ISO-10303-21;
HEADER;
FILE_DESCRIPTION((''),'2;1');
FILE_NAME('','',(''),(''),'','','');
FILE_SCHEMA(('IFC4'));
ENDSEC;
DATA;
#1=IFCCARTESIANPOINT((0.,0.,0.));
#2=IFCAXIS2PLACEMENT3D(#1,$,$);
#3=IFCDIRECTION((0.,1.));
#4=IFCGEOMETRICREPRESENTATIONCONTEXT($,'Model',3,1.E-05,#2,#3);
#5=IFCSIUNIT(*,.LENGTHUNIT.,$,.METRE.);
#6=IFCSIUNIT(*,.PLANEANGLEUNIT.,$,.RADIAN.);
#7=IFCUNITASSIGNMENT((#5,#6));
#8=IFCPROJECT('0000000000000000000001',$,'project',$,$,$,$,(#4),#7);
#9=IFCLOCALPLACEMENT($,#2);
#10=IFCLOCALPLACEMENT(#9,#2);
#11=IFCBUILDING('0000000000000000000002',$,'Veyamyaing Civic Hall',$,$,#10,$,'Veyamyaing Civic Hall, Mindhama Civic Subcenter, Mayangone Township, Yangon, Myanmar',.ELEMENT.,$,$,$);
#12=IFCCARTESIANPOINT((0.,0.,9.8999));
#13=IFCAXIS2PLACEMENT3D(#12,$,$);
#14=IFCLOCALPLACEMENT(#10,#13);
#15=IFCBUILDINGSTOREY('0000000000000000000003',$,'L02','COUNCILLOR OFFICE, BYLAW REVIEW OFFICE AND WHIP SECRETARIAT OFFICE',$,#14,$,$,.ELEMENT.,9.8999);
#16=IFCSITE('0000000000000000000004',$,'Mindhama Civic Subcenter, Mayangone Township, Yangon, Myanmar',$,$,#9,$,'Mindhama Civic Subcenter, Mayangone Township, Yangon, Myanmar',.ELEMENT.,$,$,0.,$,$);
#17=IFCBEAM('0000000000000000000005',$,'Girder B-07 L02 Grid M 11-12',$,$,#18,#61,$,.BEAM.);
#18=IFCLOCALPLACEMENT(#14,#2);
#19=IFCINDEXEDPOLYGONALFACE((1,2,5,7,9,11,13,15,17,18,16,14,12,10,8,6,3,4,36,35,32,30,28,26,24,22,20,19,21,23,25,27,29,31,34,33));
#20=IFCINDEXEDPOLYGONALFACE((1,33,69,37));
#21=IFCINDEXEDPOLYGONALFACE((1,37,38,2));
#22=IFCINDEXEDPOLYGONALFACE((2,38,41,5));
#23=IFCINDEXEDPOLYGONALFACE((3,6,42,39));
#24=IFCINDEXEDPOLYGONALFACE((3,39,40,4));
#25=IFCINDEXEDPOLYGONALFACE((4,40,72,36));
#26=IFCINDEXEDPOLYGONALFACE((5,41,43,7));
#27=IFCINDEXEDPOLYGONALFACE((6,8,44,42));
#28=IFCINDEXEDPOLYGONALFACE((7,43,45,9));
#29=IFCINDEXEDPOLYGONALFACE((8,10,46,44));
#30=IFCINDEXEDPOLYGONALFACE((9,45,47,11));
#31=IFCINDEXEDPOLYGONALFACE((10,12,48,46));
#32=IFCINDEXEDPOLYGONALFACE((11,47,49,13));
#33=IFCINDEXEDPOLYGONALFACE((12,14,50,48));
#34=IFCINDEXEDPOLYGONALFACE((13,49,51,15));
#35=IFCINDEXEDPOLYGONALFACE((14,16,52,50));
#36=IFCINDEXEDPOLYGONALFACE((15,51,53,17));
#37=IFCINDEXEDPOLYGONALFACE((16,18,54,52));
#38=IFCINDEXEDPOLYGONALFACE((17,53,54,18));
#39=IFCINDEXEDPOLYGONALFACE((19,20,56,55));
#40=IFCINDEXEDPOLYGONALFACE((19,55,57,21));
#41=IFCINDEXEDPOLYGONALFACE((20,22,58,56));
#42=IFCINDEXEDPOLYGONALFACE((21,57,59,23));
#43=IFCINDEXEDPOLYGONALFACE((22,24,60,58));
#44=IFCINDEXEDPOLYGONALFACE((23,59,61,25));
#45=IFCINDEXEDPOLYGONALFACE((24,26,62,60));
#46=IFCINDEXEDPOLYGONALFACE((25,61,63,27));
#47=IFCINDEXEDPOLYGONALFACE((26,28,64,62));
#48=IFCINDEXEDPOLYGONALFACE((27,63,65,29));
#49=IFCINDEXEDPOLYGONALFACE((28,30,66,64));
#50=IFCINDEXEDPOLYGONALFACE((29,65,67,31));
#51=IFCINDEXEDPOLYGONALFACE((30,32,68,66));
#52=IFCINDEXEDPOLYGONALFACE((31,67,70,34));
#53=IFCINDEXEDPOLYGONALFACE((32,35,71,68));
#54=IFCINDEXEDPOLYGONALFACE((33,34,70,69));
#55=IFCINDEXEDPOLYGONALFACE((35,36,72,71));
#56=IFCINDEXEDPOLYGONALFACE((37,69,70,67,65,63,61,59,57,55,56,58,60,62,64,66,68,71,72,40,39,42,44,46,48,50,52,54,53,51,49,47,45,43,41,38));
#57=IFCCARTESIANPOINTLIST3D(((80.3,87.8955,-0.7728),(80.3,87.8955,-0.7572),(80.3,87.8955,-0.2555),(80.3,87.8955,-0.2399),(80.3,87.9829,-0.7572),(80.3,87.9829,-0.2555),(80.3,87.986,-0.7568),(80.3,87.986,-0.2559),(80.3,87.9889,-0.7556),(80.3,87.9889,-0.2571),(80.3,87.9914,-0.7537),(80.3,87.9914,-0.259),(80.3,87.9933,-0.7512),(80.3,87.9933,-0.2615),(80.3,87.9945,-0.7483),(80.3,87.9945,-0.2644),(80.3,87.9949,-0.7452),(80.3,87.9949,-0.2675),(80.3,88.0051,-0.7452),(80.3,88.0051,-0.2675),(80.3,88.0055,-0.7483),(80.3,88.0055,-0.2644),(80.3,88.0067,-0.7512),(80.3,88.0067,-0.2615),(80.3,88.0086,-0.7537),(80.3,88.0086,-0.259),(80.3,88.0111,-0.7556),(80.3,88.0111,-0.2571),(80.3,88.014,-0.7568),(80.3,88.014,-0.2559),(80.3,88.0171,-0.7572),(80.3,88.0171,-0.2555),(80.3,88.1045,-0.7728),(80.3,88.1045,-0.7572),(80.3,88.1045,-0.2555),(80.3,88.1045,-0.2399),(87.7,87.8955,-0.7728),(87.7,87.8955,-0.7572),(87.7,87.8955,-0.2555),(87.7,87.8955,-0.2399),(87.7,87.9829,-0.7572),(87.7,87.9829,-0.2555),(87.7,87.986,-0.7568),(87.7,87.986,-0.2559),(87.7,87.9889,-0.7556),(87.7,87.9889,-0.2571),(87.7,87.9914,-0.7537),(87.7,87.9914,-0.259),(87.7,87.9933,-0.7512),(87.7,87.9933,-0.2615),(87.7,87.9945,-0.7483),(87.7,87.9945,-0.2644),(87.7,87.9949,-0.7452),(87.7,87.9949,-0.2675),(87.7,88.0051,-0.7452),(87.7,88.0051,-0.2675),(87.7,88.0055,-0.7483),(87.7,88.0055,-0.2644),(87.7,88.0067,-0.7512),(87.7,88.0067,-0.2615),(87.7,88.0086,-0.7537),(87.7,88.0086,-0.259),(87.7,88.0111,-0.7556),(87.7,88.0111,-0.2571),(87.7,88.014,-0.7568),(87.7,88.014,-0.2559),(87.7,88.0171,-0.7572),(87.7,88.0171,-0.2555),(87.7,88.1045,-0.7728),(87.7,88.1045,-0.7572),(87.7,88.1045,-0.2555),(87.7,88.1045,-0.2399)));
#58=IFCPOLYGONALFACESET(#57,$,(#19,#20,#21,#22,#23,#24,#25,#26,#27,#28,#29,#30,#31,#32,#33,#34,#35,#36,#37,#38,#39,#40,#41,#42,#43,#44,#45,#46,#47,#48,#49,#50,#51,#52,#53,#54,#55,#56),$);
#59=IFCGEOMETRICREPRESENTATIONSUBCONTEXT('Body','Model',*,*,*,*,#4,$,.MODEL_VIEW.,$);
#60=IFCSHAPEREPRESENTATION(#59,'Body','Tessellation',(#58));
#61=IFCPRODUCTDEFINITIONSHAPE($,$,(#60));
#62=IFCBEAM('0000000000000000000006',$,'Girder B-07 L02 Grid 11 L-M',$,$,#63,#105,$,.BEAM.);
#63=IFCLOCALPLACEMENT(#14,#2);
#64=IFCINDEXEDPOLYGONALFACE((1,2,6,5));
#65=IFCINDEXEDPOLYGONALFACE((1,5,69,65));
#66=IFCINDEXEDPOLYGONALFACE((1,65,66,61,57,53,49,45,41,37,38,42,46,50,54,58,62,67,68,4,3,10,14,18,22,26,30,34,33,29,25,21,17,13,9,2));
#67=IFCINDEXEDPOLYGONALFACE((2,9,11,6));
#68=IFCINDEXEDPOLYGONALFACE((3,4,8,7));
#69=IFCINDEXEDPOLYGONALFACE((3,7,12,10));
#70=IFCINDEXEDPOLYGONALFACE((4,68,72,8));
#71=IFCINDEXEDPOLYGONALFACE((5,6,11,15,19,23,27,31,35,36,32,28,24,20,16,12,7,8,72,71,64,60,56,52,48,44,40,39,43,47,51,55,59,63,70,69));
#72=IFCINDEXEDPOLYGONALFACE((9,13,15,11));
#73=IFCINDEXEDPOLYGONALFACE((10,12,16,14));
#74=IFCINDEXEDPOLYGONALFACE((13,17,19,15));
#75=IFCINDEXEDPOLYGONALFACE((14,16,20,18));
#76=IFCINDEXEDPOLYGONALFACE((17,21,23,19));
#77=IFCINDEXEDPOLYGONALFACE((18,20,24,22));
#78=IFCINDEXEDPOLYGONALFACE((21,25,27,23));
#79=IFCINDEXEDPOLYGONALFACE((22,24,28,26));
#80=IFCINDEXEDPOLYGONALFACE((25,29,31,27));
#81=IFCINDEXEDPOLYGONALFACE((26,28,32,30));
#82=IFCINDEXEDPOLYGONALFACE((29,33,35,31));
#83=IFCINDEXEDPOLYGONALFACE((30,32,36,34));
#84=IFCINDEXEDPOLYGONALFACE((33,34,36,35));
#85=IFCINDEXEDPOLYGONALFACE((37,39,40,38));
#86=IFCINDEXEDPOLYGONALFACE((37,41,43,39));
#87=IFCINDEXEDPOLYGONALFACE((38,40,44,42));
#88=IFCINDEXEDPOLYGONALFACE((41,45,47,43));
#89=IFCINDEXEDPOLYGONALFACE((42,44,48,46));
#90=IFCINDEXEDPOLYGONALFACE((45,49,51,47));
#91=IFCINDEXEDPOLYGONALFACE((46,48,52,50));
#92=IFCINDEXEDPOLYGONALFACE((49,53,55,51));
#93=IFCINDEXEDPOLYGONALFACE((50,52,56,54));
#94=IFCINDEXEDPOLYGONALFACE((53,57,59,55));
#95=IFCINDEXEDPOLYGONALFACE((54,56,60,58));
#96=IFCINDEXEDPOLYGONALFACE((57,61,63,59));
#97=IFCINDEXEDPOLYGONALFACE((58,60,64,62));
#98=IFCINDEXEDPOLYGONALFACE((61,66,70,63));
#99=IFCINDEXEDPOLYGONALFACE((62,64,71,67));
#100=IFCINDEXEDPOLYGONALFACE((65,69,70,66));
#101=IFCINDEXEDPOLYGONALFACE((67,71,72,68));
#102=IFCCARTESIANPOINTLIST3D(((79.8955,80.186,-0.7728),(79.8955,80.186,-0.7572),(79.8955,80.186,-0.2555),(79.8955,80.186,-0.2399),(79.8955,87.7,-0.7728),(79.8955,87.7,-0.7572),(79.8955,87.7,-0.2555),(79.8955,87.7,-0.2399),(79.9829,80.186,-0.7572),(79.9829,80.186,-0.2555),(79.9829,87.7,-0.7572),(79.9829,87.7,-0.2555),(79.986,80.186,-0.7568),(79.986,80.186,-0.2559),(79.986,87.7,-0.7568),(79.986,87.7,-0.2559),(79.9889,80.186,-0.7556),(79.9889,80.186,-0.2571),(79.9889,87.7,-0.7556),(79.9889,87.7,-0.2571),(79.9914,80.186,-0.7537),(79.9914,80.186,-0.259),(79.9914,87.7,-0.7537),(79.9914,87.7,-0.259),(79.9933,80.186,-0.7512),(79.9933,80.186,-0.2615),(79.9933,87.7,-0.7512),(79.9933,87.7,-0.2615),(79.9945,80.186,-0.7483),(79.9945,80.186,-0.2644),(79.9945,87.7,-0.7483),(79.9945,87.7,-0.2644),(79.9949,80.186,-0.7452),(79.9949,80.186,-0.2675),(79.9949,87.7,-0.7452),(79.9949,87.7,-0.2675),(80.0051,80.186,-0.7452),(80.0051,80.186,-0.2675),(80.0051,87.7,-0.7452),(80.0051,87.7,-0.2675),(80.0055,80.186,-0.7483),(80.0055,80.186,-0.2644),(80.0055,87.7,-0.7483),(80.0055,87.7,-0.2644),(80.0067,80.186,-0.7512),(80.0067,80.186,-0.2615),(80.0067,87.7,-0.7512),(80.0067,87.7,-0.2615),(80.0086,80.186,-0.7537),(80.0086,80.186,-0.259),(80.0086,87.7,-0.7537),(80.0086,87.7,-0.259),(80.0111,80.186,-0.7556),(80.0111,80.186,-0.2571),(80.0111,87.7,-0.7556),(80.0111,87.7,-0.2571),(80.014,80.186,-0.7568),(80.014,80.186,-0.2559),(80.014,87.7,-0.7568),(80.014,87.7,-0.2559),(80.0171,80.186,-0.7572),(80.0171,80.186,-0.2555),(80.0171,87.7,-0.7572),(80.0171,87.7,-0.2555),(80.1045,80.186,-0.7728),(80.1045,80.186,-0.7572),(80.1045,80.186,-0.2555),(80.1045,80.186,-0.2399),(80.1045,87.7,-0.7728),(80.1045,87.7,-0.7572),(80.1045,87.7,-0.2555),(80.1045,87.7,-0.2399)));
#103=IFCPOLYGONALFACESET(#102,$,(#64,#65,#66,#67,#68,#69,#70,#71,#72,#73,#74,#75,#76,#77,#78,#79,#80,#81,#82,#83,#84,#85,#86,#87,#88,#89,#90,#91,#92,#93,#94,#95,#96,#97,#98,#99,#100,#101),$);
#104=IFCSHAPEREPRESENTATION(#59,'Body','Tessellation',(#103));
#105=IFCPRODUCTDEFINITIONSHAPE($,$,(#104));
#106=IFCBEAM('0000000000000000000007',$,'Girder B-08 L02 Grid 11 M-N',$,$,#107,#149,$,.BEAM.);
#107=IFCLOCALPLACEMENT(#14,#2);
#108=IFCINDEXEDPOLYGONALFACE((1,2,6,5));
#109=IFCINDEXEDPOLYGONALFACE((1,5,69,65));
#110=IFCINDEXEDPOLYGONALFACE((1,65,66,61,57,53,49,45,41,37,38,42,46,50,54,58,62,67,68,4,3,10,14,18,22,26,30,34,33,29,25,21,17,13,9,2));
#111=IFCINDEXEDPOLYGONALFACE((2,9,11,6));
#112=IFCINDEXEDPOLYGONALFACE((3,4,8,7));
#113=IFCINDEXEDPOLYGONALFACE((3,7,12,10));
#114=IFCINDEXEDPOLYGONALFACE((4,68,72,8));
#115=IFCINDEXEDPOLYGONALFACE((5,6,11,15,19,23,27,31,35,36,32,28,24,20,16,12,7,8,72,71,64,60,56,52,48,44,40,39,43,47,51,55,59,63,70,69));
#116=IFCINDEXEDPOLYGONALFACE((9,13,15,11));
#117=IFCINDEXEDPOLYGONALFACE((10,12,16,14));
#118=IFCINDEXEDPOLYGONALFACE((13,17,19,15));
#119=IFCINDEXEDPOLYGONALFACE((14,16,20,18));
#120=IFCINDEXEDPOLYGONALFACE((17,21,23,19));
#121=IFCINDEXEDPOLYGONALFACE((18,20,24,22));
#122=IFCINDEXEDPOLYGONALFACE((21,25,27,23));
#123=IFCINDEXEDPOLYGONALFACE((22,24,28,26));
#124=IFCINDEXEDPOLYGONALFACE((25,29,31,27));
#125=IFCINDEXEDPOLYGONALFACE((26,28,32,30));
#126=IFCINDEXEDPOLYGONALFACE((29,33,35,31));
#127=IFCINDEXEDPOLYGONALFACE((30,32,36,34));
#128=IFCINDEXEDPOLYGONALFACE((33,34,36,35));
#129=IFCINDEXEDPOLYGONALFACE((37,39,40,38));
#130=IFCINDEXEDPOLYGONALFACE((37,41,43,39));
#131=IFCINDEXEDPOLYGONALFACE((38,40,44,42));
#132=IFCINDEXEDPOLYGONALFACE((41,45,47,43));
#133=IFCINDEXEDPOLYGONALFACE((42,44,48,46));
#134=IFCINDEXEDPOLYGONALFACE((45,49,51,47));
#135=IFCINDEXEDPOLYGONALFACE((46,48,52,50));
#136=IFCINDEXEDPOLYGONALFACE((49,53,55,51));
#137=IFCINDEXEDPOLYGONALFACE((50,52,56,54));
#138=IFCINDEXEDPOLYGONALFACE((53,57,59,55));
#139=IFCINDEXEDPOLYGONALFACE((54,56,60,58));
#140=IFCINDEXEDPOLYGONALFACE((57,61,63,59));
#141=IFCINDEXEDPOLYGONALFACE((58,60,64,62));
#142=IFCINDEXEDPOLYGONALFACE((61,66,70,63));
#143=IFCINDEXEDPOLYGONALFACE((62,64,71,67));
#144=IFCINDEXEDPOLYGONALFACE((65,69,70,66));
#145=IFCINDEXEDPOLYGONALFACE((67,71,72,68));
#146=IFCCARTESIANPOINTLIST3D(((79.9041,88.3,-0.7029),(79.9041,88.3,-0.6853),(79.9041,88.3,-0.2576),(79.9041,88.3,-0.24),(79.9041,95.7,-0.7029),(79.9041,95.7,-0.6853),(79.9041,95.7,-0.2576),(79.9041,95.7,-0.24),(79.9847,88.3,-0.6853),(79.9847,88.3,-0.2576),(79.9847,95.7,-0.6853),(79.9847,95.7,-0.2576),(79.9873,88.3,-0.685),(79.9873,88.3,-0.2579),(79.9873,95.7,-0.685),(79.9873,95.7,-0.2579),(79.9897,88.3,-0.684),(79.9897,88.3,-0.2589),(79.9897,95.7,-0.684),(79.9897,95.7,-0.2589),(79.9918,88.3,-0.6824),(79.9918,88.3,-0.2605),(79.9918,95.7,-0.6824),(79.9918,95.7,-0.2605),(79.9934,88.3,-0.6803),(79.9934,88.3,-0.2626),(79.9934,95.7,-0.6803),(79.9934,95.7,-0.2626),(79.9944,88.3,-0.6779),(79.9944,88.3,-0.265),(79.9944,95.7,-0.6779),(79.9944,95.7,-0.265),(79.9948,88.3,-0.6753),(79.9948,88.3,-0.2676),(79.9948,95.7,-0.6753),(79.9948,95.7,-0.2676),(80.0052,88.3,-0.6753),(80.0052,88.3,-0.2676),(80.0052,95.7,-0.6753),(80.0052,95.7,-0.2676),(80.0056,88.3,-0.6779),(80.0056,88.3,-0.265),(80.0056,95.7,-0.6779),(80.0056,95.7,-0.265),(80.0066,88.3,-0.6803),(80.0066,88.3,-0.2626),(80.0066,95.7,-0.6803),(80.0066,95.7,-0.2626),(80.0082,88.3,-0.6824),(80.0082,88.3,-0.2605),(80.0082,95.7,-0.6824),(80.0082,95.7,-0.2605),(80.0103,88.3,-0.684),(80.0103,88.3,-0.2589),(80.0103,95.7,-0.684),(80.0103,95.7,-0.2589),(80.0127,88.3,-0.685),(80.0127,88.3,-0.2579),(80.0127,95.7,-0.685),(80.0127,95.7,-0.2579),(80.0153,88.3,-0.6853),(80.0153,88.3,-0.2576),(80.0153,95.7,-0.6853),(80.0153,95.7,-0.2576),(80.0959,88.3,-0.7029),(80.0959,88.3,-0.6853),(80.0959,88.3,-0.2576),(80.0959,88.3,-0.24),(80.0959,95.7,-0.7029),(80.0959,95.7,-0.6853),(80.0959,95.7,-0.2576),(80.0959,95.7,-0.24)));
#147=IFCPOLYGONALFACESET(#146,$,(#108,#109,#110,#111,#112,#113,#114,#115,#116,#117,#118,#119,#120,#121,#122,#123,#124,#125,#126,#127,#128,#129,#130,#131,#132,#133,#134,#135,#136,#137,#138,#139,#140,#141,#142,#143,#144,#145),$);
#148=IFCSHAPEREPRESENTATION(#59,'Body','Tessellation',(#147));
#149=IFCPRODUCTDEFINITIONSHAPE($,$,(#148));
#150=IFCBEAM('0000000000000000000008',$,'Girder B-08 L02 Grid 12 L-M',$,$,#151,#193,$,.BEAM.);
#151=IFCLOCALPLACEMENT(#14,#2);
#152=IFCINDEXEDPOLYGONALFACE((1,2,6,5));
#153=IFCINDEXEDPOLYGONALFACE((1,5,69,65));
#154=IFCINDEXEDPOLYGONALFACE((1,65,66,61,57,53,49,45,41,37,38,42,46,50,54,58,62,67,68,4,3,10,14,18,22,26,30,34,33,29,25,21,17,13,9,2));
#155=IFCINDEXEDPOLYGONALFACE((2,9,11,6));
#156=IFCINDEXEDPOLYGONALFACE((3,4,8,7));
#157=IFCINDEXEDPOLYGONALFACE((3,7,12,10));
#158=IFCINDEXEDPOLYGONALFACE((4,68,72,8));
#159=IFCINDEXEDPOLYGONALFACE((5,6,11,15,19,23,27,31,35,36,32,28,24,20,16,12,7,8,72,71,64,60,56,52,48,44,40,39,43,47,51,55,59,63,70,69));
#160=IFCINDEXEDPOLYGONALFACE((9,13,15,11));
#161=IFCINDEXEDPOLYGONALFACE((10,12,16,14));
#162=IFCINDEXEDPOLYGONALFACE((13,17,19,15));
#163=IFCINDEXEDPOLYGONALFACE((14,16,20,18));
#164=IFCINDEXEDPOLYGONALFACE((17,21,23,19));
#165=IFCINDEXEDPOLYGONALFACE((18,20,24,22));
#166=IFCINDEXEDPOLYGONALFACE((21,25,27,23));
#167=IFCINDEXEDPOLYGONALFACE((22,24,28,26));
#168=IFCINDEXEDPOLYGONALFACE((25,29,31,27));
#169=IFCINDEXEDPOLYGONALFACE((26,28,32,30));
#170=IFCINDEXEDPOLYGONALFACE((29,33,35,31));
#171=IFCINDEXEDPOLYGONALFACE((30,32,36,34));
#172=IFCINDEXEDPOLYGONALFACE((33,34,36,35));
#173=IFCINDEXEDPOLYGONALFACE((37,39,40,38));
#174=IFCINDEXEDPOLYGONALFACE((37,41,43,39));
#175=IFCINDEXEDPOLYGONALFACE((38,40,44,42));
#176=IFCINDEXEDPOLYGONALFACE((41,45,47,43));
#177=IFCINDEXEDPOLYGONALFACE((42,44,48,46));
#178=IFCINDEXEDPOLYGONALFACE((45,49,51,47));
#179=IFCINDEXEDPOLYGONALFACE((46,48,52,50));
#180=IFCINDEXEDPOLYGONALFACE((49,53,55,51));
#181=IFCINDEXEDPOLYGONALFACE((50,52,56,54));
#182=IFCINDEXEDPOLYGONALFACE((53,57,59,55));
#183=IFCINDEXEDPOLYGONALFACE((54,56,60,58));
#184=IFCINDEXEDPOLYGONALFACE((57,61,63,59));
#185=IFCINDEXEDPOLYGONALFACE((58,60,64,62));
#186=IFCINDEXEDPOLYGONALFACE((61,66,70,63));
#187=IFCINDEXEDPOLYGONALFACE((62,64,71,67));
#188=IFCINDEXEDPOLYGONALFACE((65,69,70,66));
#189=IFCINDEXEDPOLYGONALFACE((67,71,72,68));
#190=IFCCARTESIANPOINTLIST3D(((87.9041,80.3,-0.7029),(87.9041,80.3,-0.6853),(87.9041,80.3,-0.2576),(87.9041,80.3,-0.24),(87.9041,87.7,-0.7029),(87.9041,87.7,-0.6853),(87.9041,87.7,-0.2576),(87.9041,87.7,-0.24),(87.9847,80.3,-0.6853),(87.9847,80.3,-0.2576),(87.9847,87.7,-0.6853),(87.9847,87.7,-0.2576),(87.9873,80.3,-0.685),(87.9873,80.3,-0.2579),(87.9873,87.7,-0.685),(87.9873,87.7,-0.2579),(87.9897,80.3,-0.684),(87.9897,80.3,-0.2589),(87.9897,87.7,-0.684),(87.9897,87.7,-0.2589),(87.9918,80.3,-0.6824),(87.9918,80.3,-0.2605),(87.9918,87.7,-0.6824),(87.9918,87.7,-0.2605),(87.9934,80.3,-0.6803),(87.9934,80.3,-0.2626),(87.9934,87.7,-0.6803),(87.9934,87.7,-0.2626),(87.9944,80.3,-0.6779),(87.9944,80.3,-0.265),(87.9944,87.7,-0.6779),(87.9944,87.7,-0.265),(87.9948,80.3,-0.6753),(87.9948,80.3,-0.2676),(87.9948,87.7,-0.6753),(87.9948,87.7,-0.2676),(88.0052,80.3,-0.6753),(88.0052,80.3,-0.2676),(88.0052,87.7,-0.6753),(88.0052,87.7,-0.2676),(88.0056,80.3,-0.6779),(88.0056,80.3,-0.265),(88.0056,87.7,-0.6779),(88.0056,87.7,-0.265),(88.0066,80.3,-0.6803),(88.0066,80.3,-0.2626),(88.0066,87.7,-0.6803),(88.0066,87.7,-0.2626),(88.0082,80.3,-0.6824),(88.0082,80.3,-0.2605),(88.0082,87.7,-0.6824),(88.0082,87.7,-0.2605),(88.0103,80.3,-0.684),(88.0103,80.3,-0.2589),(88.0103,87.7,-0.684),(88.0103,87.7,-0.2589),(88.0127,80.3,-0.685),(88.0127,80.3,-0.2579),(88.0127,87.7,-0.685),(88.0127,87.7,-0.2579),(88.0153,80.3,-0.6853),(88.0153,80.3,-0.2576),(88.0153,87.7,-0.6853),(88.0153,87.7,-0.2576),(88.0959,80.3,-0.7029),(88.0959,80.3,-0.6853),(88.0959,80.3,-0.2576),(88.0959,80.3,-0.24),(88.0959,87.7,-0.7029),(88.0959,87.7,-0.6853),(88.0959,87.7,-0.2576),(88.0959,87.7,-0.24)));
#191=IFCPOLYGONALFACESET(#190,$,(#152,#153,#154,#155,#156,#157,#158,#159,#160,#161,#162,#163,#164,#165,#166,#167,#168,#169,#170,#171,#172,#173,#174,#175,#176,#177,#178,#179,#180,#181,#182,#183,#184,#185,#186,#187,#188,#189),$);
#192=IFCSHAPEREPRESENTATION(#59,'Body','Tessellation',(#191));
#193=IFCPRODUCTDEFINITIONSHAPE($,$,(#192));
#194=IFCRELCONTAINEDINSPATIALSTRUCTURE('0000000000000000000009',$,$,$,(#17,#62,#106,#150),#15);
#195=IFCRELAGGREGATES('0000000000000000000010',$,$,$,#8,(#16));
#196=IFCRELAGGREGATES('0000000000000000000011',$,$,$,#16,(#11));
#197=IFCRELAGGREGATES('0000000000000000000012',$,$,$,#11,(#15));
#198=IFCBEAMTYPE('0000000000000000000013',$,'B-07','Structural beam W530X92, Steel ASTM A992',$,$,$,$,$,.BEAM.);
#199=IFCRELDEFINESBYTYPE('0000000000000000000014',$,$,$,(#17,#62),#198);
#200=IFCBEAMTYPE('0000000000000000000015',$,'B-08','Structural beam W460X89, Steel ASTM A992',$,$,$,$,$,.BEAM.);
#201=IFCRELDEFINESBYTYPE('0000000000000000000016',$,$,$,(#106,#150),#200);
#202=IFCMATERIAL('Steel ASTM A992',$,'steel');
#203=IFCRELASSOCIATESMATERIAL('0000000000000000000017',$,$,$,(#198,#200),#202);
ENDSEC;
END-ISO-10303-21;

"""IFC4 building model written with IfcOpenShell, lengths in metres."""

from ifc_helpers import new_model, si_unit, direction, frame, origin, origin_2d, place, context, subcontext, project, spatial, i_section, extrude, material, material_profile, profile_set, type_object, element, save


model = new_model("IFC4")

# Units and contexts
model_context = context("Model", 3, precision=1e-05, world=origin(), true_north=direction((0.0, 1.0)))
body_context = subcontext(model_context, "Body", "Model", "MODEL_VIEW")
ifc_project = project(units=[si_unit("LENGTHUNIT", "METRE"), si_unit("PLANEANGLEUNIT", "RADIAN")], contexts=[model_context])

# Site, building, storey
site_placement = place(None, origin())
site = spatial("IfcSite", under=ifc_project, at=site_placement, Name="Mindhama Civic Subcenter, Mayangone Township, Yangon, Myanmar", LongName="Mindhama Civic Subcenter, Mayangone Township, Yangon, Myanmar", CompositionType="ELEMENT", RefElevation=0.0)
building_placement = place(site_placement, origin())
building = spatial("IfcBuilding", under=site, at=building_placement, Name="Veyamyaing Civic Hall", LongName="Veyamyaing Civic Hall, Mindhama Civic Subcenter, Mayangone Township, Yangon, Myanmar", CompositionType="ELEMENT")
storey_placement = place(building_placement, frame((0.0, 0.0, 9.8999)))
storey = spatial("IfcBuildingStorey", under=building, at=storey_placement, Name="L02", Description="COUNCILLOR OFFICE, BYLAW REVIEW OFFICE AND WHIP SECRETARIAT OFFICE", CompositionType="ELEMENT", Elevation=9.8999)

# Beams
ifc_material_1 = material(Name="Steel ASTM A992", Category="steel")
ifc_material_profile_1 = material_profile(ifc_material_1, i_section(OverallWidth=0.209, OverallDepth=0.533, WebThickness=0.0103, FlangeThickness=0.0156, FilletRadius=0.012, at=origin_2d()), Name="W530X92")
ifc_profile_set_1 = profile_set([ifc_material_profile_1], Name="Steel ASTM A992")
beam_type_1 = type_object("IfcBeamType", Name="B-07", Description="Structural beam W530X92, Steel ASTM A992", PredefinedType="BEAM", material=ifc_profile_set_1)
beam_1_placement = place(storey_placement, frame((80.3, 88.0, -0.5063), z_axis=(1.0, 0.0, 0.0), x_axis=(0.0, 1.0, 0.0)))
element("IfcBeam", 1, at=beam_1_placement, inside=storey, type_object=beam_type_1, Name="Girder B-07 L02 Grid M 11-12", PredefinedType="BEAM", context=body_context, shape_type="SweptSolid", body=[
    extrude(i_section(OverallWidth=0.209, OverallDepth=0.533, WebThickness=0.0103, FlangeThickness=0.0156, FilletRadius=0.012, at=origin_2d()), origin(), (0.0, 0.0, 1.0), 7.3999),
])
beam_2_placement = place(storey_placement, frame((80.0, 80.186, -0.5063), z_axis=(0.0, 1.0, 0.0), x_axis=(-1.0, 0.0, 0.0)))
element("IfcBeam", 2, at=beam_2_placement, inside=storey, type_object=beam_type_1, Name="Girder B-07 L02 Grid 11 L-M", PredefinedType="BEAM", context=body_context, shape_type="SweptSolid", body=[
    extrude(i_section(OverallWidth=0.209, OverallDepth=0.533, WebThickness=0.0103, FlangeThickness=0.0156, FilletRadius=0.012, at=origin_2d()), origin(), (0.0, 0.0, 1.0), 7.5139),
])
ifc_material_profile_2 = material_profile(ifc_material_1, i_section(OverallWidth=0.1919, OverallDepth=0.4629, WebThickness=0.0105, FlangeThickness=0.0176, FilletRadius=0.01, at=origin_2d()), Name="W460X89")
ifc_profile_set_2 = profile_set([ifc_material_profile_2], Name="Steel ASTM A992")
beam_type_2 = type_object("IfcBeamType", Name="B-08", Description="Structural beam W460X89, Steel ASTM A992", PredefinedType="BEAM", material=ifc_profile_set_2)
for number, where, z_axis, x_axis, name in (
    (3, (80.0, 88.3, -0.4714), (0.0, 1.0, 0.0), (-1.0, 0.0, 0.0), "Girder B-08 L02 Grid 11 M-N"),
    (4, (88.0, 80.3, -0.4714), (0.0, 1.0, 0.0), (-1.0, 0.0, 0.0), "Girder B-08 L02 Grid 12 L-M"),
):
    element("IfcBeam", number, at=place(storey_placement, frame(where, z_axis=z_axis, x_axis=x_axis)), inside=storey, type_object=beam_type_2, Name=name, PredefinedType="BEAM", context=body_context, shape_type="SweptSolid", body=[
        extrude(i_section(OverallWidth=0.1919, OverallDepth=0.4629, WebThickness=0.0105, FlangeThickness=0.0176, FilletRadius=0.01, at=origin_2d()), origin(), (0.0, 0.0, 1.0), 7.3999),
    ])

save(model, "model.ifc")
